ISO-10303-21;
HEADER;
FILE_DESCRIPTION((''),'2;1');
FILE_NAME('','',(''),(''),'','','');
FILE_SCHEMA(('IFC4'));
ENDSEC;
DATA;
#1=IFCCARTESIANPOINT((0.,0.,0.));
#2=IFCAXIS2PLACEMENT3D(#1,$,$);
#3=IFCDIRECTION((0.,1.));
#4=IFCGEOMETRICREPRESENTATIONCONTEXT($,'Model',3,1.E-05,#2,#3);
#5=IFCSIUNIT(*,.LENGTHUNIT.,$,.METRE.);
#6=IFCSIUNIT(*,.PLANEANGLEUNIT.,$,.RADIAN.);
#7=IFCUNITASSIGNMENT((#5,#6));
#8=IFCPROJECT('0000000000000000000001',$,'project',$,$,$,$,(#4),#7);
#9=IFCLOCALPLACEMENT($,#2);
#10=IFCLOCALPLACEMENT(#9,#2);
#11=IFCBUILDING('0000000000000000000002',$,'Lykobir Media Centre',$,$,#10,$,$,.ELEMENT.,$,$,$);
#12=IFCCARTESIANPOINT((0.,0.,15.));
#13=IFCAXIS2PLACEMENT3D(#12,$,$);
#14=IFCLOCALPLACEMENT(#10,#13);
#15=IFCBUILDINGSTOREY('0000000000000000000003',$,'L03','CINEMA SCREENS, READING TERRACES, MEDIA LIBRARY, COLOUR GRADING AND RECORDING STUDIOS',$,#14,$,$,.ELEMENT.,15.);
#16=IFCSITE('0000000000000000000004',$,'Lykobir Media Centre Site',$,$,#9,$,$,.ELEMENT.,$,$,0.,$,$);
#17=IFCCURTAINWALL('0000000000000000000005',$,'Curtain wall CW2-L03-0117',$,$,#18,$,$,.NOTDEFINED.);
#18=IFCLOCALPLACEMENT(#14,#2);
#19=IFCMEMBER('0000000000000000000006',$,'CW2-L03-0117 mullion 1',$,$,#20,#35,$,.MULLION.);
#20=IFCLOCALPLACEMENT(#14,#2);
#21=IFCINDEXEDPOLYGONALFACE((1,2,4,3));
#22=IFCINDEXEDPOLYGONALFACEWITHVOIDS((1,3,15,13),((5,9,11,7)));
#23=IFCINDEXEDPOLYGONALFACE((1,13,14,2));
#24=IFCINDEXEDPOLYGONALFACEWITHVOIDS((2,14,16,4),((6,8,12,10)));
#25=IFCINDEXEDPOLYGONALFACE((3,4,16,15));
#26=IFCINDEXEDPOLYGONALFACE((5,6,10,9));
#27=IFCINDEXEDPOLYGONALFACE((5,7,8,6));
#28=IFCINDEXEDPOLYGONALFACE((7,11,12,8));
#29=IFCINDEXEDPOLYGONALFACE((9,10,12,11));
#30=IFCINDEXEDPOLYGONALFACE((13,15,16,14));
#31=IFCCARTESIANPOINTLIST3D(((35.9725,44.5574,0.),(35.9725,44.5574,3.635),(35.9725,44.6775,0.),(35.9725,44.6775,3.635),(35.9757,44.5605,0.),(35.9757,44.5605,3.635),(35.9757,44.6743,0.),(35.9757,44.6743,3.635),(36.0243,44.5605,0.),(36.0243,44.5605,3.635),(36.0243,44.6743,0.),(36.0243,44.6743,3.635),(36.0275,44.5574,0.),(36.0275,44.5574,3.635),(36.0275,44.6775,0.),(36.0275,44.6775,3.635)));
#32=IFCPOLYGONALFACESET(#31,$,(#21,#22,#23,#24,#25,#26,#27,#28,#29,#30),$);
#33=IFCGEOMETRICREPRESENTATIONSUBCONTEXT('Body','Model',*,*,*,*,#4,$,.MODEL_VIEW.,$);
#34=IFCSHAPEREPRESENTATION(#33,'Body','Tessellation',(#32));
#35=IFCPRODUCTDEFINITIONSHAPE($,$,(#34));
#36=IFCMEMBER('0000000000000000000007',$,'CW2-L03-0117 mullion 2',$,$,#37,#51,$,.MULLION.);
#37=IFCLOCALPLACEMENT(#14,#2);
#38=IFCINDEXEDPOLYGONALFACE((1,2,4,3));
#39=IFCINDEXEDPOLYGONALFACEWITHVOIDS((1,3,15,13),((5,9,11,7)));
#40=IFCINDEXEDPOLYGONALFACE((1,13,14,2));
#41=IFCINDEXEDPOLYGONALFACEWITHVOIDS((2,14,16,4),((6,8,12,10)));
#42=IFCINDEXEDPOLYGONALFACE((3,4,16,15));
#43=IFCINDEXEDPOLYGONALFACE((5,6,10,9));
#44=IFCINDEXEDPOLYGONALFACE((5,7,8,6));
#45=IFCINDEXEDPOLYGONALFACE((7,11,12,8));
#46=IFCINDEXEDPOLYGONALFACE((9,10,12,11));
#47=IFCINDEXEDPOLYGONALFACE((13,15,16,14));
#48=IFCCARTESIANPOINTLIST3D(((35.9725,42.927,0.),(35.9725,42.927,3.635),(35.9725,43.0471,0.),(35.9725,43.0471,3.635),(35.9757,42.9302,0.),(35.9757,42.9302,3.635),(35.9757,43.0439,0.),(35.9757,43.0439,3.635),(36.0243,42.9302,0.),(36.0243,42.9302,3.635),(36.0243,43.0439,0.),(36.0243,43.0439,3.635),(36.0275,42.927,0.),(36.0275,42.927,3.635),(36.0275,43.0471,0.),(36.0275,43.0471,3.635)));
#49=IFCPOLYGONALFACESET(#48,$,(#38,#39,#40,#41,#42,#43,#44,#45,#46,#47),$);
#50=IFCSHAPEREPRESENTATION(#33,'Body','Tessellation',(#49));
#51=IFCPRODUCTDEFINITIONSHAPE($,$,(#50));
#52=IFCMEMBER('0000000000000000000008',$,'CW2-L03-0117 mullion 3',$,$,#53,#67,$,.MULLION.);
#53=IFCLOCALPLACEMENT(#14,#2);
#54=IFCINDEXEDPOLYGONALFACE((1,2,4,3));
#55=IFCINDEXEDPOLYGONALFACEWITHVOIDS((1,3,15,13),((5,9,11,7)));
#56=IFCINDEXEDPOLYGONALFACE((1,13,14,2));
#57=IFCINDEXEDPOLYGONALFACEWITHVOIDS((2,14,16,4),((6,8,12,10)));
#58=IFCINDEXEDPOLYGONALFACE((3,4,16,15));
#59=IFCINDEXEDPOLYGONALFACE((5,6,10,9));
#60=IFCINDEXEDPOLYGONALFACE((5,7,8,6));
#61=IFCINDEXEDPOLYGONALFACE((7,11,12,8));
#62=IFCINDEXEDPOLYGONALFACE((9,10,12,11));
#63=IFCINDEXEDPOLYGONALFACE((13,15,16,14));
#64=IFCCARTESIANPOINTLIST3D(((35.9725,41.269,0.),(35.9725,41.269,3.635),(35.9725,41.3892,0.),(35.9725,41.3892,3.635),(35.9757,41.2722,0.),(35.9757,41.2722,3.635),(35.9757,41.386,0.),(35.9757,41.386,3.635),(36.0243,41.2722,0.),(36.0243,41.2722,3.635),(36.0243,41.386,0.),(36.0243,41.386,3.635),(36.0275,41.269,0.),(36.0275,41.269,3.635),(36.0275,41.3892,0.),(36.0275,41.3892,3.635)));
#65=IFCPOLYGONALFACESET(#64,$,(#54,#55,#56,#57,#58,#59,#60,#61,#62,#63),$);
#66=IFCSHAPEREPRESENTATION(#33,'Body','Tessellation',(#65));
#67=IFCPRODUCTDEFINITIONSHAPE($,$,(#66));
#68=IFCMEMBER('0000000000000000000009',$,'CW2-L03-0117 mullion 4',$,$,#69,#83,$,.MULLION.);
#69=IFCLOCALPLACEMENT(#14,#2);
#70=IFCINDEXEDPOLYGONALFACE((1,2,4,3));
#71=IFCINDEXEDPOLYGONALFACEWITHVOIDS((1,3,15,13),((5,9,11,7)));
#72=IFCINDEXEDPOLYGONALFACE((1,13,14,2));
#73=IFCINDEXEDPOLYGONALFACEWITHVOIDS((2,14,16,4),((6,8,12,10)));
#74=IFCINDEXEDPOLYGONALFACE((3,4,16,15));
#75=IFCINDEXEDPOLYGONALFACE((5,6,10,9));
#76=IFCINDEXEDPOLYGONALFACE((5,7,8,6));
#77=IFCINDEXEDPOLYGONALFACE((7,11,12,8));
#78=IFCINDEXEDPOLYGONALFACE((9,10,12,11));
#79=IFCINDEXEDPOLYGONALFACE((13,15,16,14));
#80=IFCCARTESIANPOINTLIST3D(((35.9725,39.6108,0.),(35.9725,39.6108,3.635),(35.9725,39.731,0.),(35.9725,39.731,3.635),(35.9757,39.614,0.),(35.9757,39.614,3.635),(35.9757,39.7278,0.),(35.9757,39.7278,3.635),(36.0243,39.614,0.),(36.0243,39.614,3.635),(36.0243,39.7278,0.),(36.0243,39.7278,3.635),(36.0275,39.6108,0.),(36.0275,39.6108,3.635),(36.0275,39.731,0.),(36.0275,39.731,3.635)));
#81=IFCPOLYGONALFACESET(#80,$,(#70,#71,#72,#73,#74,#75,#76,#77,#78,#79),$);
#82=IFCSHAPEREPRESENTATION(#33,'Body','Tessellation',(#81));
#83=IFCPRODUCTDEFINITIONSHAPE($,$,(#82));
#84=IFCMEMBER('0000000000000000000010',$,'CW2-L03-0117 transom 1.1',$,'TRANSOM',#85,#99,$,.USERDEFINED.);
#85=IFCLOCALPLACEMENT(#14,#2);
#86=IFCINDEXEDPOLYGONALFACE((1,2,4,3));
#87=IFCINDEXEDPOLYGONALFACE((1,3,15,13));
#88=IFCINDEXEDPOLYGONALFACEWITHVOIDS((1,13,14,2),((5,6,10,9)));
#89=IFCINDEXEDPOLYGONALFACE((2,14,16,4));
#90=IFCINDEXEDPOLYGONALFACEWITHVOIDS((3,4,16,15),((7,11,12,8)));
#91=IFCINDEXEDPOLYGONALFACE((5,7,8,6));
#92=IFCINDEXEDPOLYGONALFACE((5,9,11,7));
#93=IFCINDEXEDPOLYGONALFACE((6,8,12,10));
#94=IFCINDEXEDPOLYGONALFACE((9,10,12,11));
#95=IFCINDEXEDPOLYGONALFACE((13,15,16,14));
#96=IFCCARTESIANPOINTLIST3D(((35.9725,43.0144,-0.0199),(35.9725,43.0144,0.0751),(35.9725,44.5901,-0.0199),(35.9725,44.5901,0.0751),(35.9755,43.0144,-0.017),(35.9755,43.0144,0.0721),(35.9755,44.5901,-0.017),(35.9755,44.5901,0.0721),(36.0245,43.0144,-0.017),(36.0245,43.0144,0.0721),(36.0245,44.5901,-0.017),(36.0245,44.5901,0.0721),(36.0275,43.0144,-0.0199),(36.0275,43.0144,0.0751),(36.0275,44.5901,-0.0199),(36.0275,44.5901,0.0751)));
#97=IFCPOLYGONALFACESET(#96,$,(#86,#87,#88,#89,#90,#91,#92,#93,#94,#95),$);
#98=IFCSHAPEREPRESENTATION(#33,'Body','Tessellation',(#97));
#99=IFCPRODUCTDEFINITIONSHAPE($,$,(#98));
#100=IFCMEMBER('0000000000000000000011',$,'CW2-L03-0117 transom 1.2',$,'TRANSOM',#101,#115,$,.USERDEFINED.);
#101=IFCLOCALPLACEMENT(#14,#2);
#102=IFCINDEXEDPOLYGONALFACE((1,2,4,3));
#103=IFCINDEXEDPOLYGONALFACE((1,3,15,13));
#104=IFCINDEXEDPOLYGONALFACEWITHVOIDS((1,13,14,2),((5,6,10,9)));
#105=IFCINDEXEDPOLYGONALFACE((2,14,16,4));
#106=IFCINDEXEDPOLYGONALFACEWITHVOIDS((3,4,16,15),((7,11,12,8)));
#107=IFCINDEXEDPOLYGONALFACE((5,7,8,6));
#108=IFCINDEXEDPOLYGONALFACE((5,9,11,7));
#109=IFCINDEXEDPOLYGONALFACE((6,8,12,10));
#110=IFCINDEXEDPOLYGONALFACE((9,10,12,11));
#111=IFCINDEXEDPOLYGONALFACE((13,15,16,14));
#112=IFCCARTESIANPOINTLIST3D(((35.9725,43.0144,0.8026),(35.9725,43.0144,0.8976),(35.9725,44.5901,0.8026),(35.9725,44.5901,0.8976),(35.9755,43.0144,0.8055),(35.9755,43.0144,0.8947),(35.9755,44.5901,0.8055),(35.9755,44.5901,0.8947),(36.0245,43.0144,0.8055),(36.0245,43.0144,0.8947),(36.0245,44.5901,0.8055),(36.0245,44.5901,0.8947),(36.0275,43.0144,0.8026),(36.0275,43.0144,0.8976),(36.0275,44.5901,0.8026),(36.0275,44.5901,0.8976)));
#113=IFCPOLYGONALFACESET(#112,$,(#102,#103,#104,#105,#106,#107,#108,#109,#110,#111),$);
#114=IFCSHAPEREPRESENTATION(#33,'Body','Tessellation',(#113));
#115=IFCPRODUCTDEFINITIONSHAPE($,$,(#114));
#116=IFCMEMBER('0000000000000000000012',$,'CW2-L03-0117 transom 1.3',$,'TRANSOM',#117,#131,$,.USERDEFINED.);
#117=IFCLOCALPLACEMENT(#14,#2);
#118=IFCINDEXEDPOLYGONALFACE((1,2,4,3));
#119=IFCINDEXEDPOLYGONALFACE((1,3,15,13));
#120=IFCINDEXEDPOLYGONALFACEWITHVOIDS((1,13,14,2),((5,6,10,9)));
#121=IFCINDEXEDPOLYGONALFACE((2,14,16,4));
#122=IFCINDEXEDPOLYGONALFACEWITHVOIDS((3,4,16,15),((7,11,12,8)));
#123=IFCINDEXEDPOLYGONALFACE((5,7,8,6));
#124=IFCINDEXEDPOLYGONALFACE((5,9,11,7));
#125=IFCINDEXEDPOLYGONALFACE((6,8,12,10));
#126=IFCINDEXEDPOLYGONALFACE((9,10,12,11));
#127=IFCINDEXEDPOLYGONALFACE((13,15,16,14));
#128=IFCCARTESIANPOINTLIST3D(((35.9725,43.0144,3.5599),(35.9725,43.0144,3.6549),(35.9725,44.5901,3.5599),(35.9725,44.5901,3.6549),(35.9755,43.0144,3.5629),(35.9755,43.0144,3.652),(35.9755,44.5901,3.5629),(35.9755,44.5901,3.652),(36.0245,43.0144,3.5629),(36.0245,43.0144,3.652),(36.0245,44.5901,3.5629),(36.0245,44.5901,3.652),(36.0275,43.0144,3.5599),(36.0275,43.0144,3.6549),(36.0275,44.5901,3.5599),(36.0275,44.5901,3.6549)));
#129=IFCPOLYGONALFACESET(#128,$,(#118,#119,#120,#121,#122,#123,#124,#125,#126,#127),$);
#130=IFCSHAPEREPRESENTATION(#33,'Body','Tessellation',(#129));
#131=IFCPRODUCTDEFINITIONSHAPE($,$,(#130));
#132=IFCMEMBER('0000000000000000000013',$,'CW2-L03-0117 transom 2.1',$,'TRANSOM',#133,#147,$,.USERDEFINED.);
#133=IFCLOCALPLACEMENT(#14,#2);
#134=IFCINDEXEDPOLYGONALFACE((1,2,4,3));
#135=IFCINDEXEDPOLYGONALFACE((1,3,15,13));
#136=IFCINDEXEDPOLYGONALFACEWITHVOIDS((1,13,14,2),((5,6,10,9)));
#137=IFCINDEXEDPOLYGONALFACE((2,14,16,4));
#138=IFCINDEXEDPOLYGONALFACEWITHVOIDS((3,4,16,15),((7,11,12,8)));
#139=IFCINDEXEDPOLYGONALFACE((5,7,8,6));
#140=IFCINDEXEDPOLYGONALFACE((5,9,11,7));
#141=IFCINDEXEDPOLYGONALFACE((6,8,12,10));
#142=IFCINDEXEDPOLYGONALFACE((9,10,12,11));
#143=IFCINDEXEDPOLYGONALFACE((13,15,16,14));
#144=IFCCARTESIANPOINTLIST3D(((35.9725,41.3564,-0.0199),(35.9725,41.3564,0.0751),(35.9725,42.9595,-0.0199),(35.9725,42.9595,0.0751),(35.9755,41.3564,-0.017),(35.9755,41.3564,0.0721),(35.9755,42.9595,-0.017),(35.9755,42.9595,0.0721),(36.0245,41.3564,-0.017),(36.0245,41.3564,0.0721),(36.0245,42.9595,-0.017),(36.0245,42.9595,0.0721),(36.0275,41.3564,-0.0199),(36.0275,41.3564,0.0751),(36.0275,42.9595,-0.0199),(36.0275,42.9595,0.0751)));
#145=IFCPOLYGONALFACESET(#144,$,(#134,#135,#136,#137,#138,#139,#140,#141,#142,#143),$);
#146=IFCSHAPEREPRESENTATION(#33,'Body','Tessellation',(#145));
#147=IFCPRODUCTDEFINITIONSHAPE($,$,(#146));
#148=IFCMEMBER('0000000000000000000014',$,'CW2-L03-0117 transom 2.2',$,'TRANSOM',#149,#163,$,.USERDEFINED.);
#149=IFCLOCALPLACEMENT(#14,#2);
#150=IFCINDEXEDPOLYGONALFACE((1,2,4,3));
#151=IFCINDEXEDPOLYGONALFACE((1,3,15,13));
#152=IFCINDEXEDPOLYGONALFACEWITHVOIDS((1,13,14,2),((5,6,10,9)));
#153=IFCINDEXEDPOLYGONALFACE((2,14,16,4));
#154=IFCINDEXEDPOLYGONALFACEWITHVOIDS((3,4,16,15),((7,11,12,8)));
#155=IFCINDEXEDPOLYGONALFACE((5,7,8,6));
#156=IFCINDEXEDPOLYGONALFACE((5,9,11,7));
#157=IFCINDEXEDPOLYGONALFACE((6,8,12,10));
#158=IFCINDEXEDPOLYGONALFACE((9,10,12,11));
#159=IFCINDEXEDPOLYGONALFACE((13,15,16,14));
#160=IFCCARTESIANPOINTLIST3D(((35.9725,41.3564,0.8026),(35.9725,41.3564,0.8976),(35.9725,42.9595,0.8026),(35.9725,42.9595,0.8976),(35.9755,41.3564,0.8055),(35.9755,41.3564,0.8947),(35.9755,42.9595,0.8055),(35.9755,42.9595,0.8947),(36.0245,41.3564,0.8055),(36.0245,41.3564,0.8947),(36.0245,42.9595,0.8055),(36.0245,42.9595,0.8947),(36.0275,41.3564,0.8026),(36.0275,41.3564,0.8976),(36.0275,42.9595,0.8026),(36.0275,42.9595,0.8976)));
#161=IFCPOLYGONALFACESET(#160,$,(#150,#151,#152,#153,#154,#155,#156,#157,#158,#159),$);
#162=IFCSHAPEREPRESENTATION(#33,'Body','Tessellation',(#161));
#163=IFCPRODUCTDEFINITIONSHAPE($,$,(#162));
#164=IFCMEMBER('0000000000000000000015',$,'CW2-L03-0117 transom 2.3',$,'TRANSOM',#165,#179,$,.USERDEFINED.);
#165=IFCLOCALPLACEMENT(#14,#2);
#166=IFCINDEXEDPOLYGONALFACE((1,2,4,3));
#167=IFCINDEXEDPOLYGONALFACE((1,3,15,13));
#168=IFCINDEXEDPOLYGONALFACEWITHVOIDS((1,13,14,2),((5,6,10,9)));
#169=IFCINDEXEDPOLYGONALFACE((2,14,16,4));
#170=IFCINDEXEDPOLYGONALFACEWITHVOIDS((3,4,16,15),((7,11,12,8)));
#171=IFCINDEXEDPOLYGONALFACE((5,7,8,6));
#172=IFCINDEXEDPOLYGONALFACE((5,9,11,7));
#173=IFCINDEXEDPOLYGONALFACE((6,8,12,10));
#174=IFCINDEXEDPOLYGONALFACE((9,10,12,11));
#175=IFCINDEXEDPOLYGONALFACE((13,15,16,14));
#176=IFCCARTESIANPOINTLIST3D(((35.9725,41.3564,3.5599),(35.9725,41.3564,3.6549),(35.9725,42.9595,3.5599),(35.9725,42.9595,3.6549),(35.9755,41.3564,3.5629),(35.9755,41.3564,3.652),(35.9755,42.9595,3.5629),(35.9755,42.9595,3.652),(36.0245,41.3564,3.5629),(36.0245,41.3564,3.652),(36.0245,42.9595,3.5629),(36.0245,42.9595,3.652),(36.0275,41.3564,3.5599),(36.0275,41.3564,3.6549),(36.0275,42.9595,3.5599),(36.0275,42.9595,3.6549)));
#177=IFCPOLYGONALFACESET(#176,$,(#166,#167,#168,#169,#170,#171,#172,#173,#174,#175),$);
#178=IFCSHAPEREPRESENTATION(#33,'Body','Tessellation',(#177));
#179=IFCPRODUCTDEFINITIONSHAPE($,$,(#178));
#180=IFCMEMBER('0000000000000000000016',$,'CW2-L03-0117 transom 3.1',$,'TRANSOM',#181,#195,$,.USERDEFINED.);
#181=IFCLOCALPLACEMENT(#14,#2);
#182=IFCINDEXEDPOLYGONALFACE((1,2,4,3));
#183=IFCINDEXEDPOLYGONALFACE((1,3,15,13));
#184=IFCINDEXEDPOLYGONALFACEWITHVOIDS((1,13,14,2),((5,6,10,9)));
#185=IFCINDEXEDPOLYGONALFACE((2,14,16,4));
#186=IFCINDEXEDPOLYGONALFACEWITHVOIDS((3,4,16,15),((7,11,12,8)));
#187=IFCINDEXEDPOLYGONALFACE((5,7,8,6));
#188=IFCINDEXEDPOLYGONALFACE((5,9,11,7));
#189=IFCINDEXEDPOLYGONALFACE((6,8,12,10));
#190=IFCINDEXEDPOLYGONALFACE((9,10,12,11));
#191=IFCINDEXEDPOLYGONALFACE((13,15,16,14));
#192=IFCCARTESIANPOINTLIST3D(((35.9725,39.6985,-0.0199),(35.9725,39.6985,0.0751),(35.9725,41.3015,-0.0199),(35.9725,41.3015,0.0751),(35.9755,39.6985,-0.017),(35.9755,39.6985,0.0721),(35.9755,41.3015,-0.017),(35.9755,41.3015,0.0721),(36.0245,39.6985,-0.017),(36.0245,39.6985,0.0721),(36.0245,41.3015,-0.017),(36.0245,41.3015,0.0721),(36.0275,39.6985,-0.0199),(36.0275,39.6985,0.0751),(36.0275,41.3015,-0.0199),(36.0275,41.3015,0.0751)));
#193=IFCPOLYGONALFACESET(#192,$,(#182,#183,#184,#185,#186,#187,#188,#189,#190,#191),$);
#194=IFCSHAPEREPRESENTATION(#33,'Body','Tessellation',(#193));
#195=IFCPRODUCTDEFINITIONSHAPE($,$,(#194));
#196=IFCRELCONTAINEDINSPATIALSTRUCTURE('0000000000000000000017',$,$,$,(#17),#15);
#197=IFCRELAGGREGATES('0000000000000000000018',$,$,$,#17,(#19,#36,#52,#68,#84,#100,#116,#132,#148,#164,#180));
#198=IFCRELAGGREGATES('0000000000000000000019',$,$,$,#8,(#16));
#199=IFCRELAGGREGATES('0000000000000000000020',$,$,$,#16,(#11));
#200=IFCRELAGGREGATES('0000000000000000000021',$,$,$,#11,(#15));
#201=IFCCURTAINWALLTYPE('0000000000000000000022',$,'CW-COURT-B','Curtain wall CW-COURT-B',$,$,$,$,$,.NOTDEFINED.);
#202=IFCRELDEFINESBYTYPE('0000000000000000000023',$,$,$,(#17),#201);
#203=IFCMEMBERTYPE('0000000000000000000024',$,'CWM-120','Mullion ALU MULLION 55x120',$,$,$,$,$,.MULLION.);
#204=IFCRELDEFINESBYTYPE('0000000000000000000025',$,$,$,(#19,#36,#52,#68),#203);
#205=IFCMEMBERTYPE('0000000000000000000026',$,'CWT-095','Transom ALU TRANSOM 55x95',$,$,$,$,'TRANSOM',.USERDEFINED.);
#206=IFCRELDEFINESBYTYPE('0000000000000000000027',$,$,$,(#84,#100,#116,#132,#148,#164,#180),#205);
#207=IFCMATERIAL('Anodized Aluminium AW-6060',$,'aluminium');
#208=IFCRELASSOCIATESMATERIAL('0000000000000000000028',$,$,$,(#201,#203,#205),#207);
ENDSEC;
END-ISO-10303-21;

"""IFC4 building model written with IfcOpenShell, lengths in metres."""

from ifc_helpers import new_model, si_unit, direction, frame, origin, origin_2d, place, context, subcontext, project, spatial, hollow_rectangle, extrude, material, material_profile, profile_set, type_object, element, aggregate, save


model = new_model("IFC4")

# Units and contexts
model_context = context("Model", 3, precision=1e-05, world=origin(), true_north=direction((0.0, 1.0)))
body_context = subcontext(model_context, "Body", "Model", "MODEL_VIEW")
ifc_project = project(units=[si_unit("LENGTHUNIT", "METRE"), si_unit("PLANEANGLEUNIT", "RADIAN")], contexts=[model_context])

# Site, building, storey
site_placement = place(None, origin())
site = spatial("IfcSite", under=ifc_project, at=site_placement, Name="Lykobir Media Centre Site", CompositionType="ELEMENT", RefElevation=0.0)
building_placement = place(site_placement, origin())
building = spatial("IfcBuilding", under=site, at=building_placement, Name="Lykobir Media Centre", CompositionType="ELEMENT")
storey_placement = place(building_placement, frame((0.0, 0.0, 15.0)))
storey = spatial("IfcBuildingStorey", under=building, at=storey_placement, Name="L03", Description="CINEMA SCREENS, READING TERRACES, MEDIA LIBRARY, COLOUR GRADING AND RECORDING STUDIOS", CompositionType="ELEMENT", Elevation=15.0)

# Curtain wall, members
ifc_material_1 = material(Name="Anodized Aluminium AW-6060", Category="aluminium")
curtain_wall_type = type_object("IfcCurtainWallType", Name="CW-COURT-B", Description="Curtain wall CW-COURT-B", PredefinedType="NOTDEFINED", material=ifc_material_1)
curtain_wall_placement = place(storey_placement, origin())
curtain_wall = element("IfcCurtainWall", 1, at=curtain_wall_placement, inside=storey, type_object=curtain_wall_type, Name="Curtain wall CW2-L03-0117", PredefinedType="NOTDEFINED")
ifc_material_profile_1 = material_profile(ifc_material_1, hollow_rectangle(XDim=0.0549, YDim=0.1201, WallThickness=0.0032, at=origin_2d()), Name="ALU MULLION 55x120")
ifc_profile_set_1 = profile_set([ifc_material_profile_1], Name="Anodized Aluminium AW-6060")
member_type_1 = type_object("IfcMemberType", Name="CWM-120", Description="Mullion ALU MULLION 55x120", PredefinedType="MULLION", material=ifc_profile_set_1)
member_1_placement = place(storey_placement, frame((36.0, 44.6174, 0.0), z_axis=(0.0, 0.0, 1.0), x_axis=(1.0, 0.0, 0.0)))
member_1 = element("IfcMember", 2, at=member_1_placement, type_object=member_type_1, Name="CW2-L03-0117 mullion 1", PredefinedType="MULLION", context=body_context, shape_type="SweptSolid", body=[
    extrude(hollow_rectangle(XDim=0.0549, YDim=0.1201, WallThickness=0.0032, at=origin_2d()), origin(), (0.0, 0.0, 1.0), 3.635),
])
member_2_placement = place(storey_placement, frame((36.0, 42.9871, 0.0), z_axis=(0.0, 0.0, 1.0), x_axis=(1.0, 0.0, 0.0)))
member_2 = element("IfcMember", 3, at=member_2_placement, type_object=member_type_1, Name="CW2-L03-0117 mullion 2", PredefinedType="MULLION", context=body_context, shape_type="SweptSolid", body=[
    extrude(hollow_rectangle(XDim=0.0549, YDim=0.1201, WallThickness=0.0032, at=origin_2d()), origin(), (0.0, 0.0, 1.0), 3.635),
])
member_3_placement = place(storey_placement, frame((36.0, 41.3291, 0.0), z_axis=(0.0, 0.0, 1.0), x_axis=(1.0, 0.0, 0.0)))
member_3 = element("IfcMember", 4, at=member_3_placement, type_object=member_type_1, Name="CW2-L03-0117 mullion 3", PredefinedType="MULLION", context=body_context, shape_type="SweptSolid", body=[
    extrude(hollow_rectangle(XDim=0.0549, YDim=0.1201, WallThickness=0.0032, at=origin_2d()), origin(), (0.0, 0.0, 1.0), 3.635),
])
member_4_placement = place(storey_placement, frame((36.0, 39.6709, 0.0), z_axis=(0.0, 0.0, 1.0), x_axis=(1.0, 0.0, 0.0)))
member_4 = element("IfcMember", 5, at=member_4_placement, type_object=member_type_1, Name="CW2-L03-0117 mullion 4", PredefinedType="MULLION", context=body_context, shape_type="SweptSolid", body=[
    extrude(hollow_rectangle(XDim=0.0549, YDim=0.1201, WallThickness=0.0032, at=origin_2d()), origin(), (0.0, 0.0, 1.0), 3.635),
])
ifc_material_profile_2 = material_profile(ifc_material_1, hollow_rectangle(XDim=0.0549, YDim=0.095, WallThickness=0.0029, at=origin_2d()), Name="ALU TRANSOM 55x95")
ifc_profile_set_2 = profile_set([ifc_material_profile_2], Name="Anodized Aluminium AW-6060")
member_type_2 = type_object("IfcMemberType", Name="CWT-095", Description="Transom ALU TRANSOM 55x95", ElementType="TRANSOM", PredefinedType="USERDEFINED", material=ifc_profile_set_2)
member_5_placement = place(storey_placement, frame((36.0, 44.5901, 0.0276), z_axis=(0.0, -1.0, 0.0), x_axis=(1.0, 0.0, 0.0)))
member_5 = element("IfcMember", 6, at=member_5_placement, type_object=member_type_2, Name="CW2-L03-0117 transom 1.1", ObjectType="TRANSOM", PredefinedType="USERDEFINED", context=body_context, shape_type="SweptSolid", body=[
    extrude(hollow_rectangle(XDim=0.0549, YDim=0.095, WallThickness=0.0029, at=origin_2d()), origin(), (0.0, 0.0, 1.0), 1.5757),
])
member_6_placement = place(storey_placement, frame((36.0, 44.5901, 0.8501), z_axis=(0.0, -1.0, 0.0), x_axis=(1.0, 0.0, 0.0)))
member_6 = element("IfcMember", 7, at=member_6_placement, type_object=member_type_2, Name="CW2-L03-0117 transom 1.2", ObjectType="TRANSOM", PredefinedType="USERDEFINED", context=body_context, shape_type="SweptSolid", body=[
    extrude(hollow_rectangle(XDim=0.0549, YDim=0.095, WallThickness=0.0029, at=origin_2d()), origin(), (0.0, 0.0, 1.0), 1.5757),
])
member_7_placement = place(storey_placement, frame((36.0, 44.5901, 3.6074), z_axis=(0.0, -1.0, 0.0), x_axis=(1.0, 0.0, 0.0)))
member_7 = element("IfcMember", 8, at=member_7_placement, type_object=member_type_2, Name="CW2-L03-0117 transom 1.3", ObjectType="TRANSOM", PredefinedType="USERDEFINED", context=body_context, shape_type="SweptSolid", body=[
    extrude(hollow_rectangle(XDim=0.0549, YDim=0.095, WallThickness=0.0029, at=origin_2d()), origin(), (0.0, 0.0, 1.0), 1.5757),
])
member_8_placement = place(storey_placement, frame((36.0, 42.9595, 0.0276), z_axis=(0.0, -1.0, 0.0), x_axis=(1.0, 0.0, 0.0)))
member_8 = element("IfcMember", 9, at=member_8_placement, type_object=member_type_2, Name="CW2-L03-0117 transom 2.1", ObjectType="TRANSOM", PredefinedType="USERDEFINED", context=body_context, shape_type="SweptSolid", body=[
    extrude(hollow_rectangle(XDim=0.0549, YDim=0.095, WallThickness=0.0029, at=origin_2d()), origin(), (0.0, 0.0, 1.0), 1.603),
])
member_9_placement = place(storey_placement, frame((36.0, 42.9595, 0.8501), z_axis=(0.0, -1.0, 0.0), x_axis=(1.0, 0.0, 0.0)))
member_9 = element("IfcMember", 10, at=member_9_placement, type_object=member_type_2, Name="CW2-L03-0117 transom 2.2", ObjectType="TRANSOM", PredefinedType="USERDEFINED", context=body_context, shape_type="SweptSolid", body=[
    extrude(hollow_rectangle(XDim=0.0549, YDim=0.095, WallThickness=0.0029, at=origin_2d()), origin(), (0.0, 0.0, 1.0), 1.603),
])
member_10_placement = place(storey_placement, frame((36.0, 42.9595, 3.6074), z_axis=(0.0, -1.0, 0.0), x_axis=(1.0, 0.0, 0.0)))
member_10 = element("IfcMember", 11, at=member_10_placement, type_object=member_type_2, Name="CW2-L03-0117 transom 2.3", ObjectType="TRANSOM", PredefinedType="USERDEFINED", context=body_context, shape_type="SweptSolid", body=[
    extrude(hollow_rectangle(XDim=0.0549, YDim=0.095, WallThickness=0.0029, at=origin_2d()), origin(), (0.0, 0.0, 1.0), 1.603),
])
member_11_placement = place(storey_placement, frame((36.0, 41.3015, 0.0276), z_axis=(0.0, -1.0, 0.0), x_axis=(1.0, 0.0, 0.0)))
member_11 = element("IfcMember", 12, at=member_11_placement, type_object=member_type_2, Name="CW2-L03-0117 transom 3.1", ObjectType="TRANSOM", PredefinedType="USERDEFINED", context=body_context, shape_type="SweptSolid", body=[
    extrude(hollow_rectangle(XDim=0.0549, YDim=0.095, WallThickness=0.0029, at=origin_2d()), origin(), (0.0, 0.0, 1.0), 1.603),
])
aggregate(curtain_wall, [member_1, member_2, member_3, member_4, member_5, member_6, member_7, member_8, member_9, member_10, member_11])

save(model, "model.ifc")
